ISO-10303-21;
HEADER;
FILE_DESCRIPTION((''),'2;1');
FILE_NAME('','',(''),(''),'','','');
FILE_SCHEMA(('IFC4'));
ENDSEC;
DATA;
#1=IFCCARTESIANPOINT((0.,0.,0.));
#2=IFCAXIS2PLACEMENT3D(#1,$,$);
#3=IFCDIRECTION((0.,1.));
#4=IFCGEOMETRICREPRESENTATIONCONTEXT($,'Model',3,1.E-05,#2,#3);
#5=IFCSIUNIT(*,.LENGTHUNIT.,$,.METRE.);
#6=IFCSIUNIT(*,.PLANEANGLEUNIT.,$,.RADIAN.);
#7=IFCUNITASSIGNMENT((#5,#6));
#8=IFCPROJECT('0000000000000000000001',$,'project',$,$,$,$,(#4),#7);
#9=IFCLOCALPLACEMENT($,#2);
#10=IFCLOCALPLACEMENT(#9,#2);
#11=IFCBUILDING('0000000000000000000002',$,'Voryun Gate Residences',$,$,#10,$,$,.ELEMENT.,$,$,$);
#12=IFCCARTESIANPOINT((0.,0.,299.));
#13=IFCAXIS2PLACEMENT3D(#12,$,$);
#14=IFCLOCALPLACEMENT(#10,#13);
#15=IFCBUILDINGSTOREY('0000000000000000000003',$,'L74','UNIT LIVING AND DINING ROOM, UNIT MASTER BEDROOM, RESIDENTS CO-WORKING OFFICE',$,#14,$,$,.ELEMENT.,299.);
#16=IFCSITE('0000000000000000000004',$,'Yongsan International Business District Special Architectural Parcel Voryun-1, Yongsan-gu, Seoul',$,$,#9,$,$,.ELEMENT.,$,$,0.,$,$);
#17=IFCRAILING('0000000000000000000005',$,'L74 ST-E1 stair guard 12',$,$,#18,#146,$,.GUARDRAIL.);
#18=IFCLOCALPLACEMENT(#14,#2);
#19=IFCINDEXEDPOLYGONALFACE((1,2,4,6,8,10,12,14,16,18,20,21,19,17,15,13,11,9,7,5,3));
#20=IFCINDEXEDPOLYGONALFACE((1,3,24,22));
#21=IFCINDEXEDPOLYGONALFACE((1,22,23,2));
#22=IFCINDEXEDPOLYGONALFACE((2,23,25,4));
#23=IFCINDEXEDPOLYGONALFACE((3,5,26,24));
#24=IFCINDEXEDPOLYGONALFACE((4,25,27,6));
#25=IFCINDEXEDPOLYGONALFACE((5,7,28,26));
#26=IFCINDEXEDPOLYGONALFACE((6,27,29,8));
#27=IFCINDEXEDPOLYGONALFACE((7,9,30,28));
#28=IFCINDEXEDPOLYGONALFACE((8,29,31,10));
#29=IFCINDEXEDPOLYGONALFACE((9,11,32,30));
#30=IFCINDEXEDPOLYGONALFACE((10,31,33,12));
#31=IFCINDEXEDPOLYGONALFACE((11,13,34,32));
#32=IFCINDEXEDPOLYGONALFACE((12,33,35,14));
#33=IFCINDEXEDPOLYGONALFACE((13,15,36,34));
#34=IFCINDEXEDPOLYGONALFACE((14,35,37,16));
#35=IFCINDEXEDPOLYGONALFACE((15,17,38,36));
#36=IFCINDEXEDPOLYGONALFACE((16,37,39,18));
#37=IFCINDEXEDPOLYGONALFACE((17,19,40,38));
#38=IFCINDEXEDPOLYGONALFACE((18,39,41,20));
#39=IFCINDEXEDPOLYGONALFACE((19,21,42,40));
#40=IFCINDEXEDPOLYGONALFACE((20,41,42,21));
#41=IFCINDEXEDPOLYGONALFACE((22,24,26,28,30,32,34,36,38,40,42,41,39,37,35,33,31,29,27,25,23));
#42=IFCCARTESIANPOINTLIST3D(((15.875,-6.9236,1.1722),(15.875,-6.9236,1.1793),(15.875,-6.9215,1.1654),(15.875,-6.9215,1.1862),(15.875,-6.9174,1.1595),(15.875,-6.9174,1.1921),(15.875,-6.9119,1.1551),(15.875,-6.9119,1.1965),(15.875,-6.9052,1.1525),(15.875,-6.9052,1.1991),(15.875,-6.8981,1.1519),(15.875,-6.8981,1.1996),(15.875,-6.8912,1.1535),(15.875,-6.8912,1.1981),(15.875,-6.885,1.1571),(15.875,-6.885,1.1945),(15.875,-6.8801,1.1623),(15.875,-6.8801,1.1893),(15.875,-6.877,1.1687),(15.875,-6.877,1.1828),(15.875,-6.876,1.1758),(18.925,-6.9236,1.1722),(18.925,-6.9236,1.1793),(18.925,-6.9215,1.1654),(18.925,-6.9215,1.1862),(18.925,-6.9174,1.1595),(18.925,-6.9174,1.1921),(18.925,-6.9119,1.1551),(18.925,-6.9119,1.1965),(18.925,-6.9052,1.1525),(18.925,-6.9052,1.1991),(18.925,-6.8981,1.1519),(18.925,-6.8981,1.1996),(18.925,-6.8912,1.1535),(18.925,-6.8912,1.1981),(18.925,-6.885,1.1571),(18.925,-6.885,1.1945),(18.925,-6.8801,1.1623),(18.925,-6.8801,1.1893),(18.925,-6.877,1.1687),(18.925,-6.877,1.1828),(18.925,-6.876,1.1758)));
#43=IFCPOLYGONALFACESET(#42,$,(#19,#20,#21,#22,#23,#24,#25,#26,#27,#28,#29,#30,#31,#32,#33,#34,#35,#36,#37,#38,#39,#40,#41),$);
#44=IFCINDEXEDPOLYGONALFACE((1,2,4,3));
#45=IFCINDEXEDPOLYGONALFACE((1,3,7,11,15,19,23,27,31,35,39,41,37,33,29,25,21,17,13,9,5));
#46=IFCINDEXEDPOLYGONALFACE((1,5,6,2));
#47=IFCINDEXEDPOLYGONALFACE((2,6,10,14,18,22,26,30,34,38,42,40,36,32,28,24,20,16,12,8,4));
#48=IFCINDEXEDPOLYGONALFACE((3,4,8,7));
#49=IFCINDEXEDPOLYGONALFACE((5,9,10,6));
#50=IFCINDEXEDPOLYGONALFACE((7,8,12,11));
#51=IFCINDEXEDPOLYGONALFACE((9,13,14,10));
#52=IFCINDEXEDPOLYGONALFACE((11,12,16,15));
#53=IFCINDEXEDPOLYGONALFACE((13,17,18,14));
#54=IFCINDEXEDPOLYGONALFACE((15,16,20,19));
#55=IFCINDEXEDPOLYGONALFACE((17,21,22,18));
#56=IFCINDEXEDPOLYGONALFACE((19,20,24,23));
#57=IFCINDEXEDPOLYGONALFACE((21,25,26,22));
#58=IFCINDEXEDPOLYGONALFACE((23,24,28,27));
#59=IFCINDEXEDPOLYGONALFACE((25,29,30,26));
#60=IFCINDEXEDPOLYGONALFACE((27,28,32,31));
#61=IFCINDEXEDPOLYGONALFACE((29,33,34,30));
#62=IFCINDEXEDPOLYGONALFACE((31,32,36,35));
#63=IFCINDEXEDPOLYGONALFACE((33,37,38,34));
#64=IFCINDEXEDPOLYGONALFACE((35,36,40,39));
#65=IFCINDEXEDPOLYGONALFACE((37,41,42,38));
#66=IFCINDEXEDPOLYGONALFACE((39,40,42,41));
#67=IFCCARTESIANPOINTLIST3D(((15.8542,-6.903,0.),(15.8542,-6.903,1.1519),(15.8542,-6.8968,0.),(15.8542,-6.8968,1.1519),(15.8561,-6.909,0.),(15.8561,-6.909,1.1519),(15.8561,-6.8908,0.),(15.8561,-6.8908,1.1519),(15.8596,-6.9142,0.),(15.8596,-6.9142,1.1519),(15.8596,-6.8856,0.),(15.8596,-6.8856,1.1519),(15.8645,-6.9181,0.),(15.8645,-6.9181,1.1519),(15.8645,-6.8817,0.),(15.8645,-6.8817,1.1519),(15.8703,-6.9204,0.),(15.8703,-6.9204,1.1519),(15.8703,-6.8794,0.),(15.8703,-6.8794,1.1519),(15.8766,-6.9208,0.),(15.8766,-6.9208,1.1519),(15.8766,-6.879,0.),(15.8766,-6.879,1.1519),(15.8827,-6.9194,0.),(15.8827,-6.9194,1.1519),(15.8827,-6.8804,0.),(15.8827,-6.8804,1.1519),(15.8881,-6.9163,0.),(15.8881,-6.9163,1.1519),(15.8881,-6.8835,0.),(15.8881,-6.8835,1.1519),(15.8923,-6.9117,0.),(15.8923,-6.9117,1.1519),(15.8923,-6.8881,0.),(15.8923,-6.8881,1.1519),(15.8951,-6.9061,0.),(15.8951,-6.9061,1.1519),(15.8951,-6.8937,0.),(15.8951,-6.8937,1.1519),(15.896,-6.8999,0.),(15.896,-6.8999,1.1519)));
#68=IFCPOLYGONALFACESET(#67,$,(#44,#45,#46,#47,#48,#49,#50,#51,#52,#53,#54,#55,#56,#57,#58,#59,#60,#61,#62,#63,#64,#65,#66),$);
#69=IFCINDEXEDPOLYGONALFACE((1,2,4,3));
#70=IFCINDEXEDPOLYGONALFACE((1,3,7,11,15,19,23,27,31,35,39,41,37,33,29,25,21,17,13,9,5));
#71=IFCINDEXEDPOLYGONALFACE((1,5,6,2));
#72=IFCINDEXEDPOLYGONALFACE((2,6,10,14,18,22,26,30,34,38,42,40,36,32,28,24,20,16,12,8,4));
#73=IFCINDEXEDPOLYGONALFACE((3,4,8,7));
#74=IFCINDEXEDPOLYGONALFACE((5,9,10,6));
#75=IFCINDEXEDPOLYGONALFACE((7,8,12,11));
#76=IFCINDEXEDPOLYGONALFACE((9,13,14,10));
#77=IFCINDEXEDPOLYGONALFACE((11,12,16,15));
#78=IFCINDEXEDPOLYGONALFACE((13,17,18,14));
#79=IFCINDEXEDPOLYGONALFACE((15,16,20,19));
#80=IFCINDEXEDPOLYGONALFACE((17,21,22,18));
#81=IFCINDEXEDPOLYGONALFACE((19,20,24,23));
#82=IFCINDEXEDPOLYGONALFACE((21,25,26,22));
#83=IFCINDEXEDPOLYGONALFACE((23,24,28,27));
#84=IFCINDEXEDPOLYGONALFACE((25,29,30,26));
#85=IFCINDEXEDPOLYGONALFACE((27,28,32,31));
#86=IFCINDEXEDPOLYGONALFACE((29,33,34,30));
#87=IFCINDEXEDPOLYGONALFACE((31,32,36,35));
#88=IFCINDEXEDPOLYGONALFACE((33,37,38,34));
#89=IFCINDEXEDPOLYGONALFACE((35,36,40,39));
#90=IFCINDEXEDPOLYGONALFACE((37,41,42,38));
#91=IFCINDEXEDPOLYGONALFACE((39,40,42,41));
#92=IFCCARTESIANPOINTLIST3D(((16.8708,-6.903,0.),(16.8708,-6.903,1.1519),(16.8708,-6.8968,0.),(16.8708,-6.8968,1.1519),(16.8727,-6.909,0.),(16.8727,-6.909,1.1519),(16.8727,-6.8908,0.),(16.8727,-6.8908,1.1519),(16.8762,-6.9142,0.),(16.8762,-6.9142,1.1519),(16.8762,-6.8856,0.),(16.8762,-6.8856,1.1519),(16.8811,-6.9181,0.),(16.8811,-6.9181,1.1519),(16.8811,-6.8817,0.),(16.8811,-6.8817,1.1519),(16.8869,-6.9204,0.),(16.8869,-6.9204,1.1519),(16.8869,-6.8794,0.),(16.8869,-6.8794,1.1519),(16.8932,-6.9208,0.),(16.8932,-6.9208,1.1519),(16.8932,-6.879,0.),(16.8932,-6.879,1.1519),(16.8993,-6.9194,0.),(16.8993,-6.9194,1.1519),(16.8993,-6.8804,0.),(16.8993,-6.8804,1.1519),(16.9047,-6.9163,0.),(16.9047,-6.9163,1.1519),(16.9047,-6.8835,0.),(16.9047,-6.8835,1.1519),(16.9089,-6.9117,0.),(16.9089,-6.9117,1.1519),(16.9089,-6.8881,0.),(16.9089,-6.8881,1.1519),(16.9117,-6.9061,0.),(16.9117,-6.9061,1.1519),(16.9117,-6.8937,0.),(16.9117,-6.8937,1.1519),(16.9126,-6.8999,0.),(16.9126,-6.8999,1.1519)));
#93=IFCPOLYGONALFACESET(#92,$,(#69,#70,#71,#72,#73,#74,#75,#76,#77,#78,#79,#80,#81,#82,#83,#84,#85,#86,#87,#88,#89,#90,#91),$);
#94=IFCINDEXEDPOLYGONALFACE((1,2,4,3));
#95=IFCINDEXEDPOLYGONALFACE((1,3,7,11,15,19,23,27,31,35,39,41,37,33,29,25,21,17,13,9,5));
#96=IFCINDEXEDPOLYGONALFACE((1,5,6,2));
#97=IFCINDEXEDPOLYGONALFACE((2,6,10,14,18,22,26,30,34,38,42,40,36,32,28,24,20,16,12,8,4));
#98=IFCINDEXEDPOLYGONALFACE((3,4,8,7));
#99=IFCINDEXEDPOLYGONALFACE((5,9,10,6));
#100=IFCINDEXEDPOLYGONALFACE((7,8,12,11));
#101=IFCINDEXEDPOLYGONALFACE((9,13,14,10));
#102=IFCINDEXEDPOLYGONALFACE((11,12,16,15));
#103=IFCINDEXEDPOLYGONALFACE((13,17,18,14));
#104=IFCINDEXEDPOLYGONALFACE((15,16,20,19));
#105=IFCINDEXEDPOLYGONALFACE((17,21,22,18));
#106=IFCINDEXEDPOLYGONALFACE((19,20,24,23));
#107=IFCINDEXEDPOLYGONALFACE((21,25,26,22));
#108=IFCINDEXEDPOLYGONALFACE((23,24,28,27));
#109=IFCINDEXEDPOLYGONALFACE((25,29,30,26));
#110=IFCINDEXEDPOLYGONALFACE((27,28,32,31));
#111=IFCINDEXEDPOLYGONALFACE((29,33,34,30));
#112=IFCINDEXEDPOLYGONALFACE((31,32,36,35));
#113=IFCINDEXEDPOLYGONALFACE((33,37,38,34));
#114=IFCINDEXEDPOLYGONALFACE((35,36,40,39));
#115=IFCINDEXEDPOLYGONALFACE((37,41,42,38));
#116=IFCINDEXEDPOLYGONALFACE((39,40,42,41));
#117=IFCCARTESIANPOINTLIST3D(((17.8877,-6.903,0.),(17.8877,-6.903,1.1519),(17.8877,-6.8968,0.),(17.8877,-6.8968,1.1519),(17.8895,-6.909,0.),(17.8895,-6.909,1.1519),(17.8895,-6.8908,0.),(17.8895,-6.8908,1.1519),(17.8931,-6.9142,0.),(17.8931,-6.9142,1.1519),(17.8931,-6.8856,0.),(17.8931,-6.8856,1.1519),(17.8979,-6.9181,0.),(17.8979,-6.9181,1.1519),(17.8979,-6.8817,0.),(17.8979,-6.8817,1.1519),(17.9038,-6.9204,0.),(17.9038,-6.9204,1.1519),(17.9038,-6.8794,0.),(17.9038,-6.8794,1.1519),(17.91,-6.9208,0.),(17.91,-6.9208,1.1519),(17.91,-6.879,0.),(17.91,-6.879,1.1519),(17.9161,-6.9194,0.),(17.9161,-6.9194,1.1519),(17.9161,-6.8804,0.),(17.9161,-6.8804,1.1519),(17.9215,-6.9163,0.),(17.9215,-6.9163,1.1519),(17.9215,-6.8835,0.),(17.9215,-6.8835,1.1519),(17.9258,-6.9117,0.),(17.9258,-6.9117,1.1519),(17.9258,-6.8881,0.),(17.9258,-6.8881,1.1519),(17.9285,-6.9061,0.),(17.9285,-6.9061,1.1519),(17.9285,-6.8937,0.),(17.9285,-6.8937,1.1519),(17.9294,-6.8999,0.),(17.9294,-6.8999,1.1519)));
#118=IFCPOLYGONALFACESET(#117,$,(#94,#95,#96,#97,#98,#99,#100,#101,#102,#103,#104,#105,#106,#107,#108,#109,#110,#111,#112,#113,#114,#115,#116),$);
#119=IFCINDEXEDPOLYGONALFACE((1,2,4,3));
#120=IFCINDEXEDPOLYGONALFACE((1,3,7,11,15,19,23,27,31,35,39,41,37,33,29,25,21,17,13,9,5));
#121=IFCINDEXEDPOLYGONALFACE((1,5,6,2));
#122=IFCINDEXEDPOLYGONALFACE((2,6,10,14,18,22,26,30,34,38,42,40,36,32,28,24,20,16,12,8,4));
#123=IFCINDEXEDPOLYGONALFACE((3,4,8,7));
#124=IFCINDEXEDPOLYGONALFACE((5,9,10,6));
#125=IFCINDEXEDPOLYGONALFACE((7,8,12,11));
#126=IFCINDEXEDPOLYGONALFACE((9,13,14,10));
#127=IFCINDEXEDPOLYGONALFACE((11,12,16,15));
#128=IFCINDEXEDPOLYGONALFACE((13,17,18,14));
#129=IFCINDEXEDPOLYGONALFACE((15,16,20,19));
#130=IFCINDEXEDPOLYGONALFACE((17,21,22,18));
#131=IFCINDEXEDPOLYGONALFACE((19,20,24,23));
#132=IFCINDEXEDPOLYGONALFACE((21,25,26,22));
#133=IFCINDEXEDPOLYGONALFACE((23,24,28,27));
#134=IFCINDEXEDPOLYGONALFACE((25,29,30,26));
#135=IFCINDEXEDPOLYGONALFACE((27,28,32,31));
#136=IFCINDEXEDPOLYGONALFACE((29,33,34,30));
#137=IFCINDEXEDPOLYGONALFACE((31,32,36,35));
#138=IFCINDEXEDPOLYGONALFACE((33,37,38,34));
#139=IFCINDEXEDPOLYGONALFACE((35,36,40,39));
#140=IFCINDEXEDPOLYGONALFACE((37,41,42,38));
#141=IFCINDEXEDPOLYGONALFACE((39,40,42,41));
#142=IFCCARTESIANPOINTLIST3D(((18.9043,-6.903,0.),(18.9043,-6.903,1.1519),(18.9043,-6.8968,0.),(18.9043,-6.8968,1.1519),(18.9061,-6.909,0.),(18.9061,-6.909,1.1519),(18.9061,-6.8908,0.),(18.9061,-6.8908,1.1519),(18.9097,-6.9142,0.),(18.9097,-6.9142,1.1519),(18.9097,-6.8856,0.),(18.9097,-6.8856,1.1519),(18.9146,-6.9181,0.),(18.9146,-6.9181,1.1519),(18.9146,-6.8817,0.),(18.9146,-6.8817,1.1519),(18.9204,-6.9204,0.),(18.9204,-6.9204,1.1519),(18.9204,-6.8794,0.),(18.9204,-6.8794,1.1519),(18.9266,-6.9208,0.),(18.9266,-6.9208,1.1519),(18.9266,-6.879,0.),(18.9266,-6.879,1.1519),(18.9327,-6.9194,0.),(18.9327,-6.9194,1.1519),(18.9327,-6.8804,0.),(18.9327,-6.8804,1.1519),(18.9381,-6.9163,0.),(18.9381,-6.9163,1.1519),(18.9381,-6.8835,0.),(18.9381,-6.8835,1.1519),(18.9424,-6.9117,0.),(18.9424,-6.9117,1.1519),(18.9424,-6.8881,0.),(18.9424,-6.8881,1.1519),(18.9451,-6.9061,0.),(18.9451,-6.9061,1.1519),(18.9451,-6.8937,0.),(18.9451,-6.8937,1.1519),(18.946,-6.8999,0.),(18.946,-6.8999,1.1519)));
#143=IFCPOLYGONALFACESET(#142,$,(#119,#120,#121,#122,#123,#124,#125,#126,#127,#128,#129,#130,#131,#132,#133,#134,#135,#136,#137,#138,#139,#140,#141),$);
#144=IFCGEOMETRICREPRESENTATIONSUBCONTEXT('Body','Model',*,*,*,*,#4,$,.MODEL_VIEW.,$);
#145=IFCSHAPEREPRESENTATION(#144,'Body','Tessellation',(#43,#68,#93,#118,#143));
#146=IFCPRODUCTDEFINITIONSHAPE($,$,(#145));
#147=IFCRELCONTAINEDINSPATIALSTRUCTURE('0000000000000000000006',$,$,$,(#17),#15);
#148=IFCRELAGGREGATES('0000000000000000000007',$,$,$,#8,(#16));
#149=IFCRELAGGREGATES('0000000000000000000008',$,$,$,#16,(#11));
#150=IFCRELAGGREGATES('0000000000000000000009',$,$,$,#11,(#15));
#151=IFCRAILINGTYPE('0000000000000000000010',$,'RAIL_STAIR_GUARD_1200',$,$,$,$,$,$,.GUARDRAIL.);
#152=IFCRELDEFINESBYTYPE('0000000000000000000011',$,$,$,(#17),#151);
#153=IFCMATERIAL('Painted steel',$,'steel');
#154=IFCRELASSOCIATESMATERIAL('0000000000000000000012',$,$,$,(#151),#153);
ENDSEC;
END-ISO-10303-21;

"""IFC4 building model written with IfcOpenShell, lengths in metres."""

from ifc_helpers import new_model, si_unit, direction, frame, origin, origin_2d, place, context, subcontext, project, spatial, circle, extrude, material, type_object, element, save


model = new_model("IFC4")

# Units and contexts
model_context = context("Model", 3, precision=1e-05, world=origin(), true_north=direction((0.0, 1.0)))
body_context = subcontext(model_context, "Body", "Model", "MODEL_VIEW")
ifc_project = project(units=[si_unit("LENGTHUNIT", "METRE"), si_unit("PLANEANGLEUNIT", "RADIAN")], contexts=[model_context])

# Site, building, storey
site_placement = place(None, origin())
site = spatial("IfcSite", under=ifc_project, at=site_placement, Name="Yongsan International Business District Special Architectural Parcel Voryun-1, Yongsan-gu, Seoul", CompositionType="ELEMENT", RefElevation=0.0)
building_placement = place(site_placement, origin())
building = spatial("IfcBuilding", under=site, at=building_placement, Name="Voryun Gate Residences", CompositionType="ELEMENT")
storey_placement = place(building_placement, frame((0.0, 0.0, 299.0)))
storey = spatial("IfcBuildingStorey", under=building, at=storey_placement, Name="L74", Description="UNIT LIVING AND DINING ROOM, UNIT MASTER BEDROOM, RESIDENTS CO-WORKING OFFICE", CompositionType="ELEMENT", Elevation=299.0)

# Railing
ifc_material_1 = material(Name="Painted steel", Category="steel")
railing_type_1 = type_object("IfcRailingType", Name="RAIL_STAIR_GUARD_1200", PredefinedType="GUARDRAIL", material=ifc_material_1)
railing_1_placement = place(storey_placement, frame((15.875, -6.8999, 0.0)))
element("IfcRailing", 1, at=railing_1_placement, inside=storey, type_object=railing_type_1, Name="L74 ST-E1 stair guard 12", PredefinedType="GUARDRAIL", context=body_context, shape_type="SweptSolid", body=[
    extrude(circle(Radius=0.0239, at=origin_2d()), frame((0.0, 0.0, 1.1758), z_axis=(1.0, 0.0, 0.0), x_axis=(0.0, 1.0, 0.0)), (0.0, 0.0, 1.0), 3.05),
    extrude(circle(Radius=0.021, at=origin_2d()), origin(), (0.0, 0.0, 1.0), 1.1519),
    extrude(circle(Radius=0.021, at=origin_2d()), frame((1.0166, 0.0, 0.0)), (0.0, 0.0, 1.0), 1.1519),
    extrude(circle(Radius=0.021, at=origin_2d()), frame((2.0334, 0.0, 0.0)), (0.0, 0.0, 1.0), 1.1519),
    extrude(circle(Radius=0.021, at=origin_2d()), frame((3.05, 0.0, 0.0)), (0.0, 0.0, 1.0), 1.1519),
])

save(model, "model.ifc")
